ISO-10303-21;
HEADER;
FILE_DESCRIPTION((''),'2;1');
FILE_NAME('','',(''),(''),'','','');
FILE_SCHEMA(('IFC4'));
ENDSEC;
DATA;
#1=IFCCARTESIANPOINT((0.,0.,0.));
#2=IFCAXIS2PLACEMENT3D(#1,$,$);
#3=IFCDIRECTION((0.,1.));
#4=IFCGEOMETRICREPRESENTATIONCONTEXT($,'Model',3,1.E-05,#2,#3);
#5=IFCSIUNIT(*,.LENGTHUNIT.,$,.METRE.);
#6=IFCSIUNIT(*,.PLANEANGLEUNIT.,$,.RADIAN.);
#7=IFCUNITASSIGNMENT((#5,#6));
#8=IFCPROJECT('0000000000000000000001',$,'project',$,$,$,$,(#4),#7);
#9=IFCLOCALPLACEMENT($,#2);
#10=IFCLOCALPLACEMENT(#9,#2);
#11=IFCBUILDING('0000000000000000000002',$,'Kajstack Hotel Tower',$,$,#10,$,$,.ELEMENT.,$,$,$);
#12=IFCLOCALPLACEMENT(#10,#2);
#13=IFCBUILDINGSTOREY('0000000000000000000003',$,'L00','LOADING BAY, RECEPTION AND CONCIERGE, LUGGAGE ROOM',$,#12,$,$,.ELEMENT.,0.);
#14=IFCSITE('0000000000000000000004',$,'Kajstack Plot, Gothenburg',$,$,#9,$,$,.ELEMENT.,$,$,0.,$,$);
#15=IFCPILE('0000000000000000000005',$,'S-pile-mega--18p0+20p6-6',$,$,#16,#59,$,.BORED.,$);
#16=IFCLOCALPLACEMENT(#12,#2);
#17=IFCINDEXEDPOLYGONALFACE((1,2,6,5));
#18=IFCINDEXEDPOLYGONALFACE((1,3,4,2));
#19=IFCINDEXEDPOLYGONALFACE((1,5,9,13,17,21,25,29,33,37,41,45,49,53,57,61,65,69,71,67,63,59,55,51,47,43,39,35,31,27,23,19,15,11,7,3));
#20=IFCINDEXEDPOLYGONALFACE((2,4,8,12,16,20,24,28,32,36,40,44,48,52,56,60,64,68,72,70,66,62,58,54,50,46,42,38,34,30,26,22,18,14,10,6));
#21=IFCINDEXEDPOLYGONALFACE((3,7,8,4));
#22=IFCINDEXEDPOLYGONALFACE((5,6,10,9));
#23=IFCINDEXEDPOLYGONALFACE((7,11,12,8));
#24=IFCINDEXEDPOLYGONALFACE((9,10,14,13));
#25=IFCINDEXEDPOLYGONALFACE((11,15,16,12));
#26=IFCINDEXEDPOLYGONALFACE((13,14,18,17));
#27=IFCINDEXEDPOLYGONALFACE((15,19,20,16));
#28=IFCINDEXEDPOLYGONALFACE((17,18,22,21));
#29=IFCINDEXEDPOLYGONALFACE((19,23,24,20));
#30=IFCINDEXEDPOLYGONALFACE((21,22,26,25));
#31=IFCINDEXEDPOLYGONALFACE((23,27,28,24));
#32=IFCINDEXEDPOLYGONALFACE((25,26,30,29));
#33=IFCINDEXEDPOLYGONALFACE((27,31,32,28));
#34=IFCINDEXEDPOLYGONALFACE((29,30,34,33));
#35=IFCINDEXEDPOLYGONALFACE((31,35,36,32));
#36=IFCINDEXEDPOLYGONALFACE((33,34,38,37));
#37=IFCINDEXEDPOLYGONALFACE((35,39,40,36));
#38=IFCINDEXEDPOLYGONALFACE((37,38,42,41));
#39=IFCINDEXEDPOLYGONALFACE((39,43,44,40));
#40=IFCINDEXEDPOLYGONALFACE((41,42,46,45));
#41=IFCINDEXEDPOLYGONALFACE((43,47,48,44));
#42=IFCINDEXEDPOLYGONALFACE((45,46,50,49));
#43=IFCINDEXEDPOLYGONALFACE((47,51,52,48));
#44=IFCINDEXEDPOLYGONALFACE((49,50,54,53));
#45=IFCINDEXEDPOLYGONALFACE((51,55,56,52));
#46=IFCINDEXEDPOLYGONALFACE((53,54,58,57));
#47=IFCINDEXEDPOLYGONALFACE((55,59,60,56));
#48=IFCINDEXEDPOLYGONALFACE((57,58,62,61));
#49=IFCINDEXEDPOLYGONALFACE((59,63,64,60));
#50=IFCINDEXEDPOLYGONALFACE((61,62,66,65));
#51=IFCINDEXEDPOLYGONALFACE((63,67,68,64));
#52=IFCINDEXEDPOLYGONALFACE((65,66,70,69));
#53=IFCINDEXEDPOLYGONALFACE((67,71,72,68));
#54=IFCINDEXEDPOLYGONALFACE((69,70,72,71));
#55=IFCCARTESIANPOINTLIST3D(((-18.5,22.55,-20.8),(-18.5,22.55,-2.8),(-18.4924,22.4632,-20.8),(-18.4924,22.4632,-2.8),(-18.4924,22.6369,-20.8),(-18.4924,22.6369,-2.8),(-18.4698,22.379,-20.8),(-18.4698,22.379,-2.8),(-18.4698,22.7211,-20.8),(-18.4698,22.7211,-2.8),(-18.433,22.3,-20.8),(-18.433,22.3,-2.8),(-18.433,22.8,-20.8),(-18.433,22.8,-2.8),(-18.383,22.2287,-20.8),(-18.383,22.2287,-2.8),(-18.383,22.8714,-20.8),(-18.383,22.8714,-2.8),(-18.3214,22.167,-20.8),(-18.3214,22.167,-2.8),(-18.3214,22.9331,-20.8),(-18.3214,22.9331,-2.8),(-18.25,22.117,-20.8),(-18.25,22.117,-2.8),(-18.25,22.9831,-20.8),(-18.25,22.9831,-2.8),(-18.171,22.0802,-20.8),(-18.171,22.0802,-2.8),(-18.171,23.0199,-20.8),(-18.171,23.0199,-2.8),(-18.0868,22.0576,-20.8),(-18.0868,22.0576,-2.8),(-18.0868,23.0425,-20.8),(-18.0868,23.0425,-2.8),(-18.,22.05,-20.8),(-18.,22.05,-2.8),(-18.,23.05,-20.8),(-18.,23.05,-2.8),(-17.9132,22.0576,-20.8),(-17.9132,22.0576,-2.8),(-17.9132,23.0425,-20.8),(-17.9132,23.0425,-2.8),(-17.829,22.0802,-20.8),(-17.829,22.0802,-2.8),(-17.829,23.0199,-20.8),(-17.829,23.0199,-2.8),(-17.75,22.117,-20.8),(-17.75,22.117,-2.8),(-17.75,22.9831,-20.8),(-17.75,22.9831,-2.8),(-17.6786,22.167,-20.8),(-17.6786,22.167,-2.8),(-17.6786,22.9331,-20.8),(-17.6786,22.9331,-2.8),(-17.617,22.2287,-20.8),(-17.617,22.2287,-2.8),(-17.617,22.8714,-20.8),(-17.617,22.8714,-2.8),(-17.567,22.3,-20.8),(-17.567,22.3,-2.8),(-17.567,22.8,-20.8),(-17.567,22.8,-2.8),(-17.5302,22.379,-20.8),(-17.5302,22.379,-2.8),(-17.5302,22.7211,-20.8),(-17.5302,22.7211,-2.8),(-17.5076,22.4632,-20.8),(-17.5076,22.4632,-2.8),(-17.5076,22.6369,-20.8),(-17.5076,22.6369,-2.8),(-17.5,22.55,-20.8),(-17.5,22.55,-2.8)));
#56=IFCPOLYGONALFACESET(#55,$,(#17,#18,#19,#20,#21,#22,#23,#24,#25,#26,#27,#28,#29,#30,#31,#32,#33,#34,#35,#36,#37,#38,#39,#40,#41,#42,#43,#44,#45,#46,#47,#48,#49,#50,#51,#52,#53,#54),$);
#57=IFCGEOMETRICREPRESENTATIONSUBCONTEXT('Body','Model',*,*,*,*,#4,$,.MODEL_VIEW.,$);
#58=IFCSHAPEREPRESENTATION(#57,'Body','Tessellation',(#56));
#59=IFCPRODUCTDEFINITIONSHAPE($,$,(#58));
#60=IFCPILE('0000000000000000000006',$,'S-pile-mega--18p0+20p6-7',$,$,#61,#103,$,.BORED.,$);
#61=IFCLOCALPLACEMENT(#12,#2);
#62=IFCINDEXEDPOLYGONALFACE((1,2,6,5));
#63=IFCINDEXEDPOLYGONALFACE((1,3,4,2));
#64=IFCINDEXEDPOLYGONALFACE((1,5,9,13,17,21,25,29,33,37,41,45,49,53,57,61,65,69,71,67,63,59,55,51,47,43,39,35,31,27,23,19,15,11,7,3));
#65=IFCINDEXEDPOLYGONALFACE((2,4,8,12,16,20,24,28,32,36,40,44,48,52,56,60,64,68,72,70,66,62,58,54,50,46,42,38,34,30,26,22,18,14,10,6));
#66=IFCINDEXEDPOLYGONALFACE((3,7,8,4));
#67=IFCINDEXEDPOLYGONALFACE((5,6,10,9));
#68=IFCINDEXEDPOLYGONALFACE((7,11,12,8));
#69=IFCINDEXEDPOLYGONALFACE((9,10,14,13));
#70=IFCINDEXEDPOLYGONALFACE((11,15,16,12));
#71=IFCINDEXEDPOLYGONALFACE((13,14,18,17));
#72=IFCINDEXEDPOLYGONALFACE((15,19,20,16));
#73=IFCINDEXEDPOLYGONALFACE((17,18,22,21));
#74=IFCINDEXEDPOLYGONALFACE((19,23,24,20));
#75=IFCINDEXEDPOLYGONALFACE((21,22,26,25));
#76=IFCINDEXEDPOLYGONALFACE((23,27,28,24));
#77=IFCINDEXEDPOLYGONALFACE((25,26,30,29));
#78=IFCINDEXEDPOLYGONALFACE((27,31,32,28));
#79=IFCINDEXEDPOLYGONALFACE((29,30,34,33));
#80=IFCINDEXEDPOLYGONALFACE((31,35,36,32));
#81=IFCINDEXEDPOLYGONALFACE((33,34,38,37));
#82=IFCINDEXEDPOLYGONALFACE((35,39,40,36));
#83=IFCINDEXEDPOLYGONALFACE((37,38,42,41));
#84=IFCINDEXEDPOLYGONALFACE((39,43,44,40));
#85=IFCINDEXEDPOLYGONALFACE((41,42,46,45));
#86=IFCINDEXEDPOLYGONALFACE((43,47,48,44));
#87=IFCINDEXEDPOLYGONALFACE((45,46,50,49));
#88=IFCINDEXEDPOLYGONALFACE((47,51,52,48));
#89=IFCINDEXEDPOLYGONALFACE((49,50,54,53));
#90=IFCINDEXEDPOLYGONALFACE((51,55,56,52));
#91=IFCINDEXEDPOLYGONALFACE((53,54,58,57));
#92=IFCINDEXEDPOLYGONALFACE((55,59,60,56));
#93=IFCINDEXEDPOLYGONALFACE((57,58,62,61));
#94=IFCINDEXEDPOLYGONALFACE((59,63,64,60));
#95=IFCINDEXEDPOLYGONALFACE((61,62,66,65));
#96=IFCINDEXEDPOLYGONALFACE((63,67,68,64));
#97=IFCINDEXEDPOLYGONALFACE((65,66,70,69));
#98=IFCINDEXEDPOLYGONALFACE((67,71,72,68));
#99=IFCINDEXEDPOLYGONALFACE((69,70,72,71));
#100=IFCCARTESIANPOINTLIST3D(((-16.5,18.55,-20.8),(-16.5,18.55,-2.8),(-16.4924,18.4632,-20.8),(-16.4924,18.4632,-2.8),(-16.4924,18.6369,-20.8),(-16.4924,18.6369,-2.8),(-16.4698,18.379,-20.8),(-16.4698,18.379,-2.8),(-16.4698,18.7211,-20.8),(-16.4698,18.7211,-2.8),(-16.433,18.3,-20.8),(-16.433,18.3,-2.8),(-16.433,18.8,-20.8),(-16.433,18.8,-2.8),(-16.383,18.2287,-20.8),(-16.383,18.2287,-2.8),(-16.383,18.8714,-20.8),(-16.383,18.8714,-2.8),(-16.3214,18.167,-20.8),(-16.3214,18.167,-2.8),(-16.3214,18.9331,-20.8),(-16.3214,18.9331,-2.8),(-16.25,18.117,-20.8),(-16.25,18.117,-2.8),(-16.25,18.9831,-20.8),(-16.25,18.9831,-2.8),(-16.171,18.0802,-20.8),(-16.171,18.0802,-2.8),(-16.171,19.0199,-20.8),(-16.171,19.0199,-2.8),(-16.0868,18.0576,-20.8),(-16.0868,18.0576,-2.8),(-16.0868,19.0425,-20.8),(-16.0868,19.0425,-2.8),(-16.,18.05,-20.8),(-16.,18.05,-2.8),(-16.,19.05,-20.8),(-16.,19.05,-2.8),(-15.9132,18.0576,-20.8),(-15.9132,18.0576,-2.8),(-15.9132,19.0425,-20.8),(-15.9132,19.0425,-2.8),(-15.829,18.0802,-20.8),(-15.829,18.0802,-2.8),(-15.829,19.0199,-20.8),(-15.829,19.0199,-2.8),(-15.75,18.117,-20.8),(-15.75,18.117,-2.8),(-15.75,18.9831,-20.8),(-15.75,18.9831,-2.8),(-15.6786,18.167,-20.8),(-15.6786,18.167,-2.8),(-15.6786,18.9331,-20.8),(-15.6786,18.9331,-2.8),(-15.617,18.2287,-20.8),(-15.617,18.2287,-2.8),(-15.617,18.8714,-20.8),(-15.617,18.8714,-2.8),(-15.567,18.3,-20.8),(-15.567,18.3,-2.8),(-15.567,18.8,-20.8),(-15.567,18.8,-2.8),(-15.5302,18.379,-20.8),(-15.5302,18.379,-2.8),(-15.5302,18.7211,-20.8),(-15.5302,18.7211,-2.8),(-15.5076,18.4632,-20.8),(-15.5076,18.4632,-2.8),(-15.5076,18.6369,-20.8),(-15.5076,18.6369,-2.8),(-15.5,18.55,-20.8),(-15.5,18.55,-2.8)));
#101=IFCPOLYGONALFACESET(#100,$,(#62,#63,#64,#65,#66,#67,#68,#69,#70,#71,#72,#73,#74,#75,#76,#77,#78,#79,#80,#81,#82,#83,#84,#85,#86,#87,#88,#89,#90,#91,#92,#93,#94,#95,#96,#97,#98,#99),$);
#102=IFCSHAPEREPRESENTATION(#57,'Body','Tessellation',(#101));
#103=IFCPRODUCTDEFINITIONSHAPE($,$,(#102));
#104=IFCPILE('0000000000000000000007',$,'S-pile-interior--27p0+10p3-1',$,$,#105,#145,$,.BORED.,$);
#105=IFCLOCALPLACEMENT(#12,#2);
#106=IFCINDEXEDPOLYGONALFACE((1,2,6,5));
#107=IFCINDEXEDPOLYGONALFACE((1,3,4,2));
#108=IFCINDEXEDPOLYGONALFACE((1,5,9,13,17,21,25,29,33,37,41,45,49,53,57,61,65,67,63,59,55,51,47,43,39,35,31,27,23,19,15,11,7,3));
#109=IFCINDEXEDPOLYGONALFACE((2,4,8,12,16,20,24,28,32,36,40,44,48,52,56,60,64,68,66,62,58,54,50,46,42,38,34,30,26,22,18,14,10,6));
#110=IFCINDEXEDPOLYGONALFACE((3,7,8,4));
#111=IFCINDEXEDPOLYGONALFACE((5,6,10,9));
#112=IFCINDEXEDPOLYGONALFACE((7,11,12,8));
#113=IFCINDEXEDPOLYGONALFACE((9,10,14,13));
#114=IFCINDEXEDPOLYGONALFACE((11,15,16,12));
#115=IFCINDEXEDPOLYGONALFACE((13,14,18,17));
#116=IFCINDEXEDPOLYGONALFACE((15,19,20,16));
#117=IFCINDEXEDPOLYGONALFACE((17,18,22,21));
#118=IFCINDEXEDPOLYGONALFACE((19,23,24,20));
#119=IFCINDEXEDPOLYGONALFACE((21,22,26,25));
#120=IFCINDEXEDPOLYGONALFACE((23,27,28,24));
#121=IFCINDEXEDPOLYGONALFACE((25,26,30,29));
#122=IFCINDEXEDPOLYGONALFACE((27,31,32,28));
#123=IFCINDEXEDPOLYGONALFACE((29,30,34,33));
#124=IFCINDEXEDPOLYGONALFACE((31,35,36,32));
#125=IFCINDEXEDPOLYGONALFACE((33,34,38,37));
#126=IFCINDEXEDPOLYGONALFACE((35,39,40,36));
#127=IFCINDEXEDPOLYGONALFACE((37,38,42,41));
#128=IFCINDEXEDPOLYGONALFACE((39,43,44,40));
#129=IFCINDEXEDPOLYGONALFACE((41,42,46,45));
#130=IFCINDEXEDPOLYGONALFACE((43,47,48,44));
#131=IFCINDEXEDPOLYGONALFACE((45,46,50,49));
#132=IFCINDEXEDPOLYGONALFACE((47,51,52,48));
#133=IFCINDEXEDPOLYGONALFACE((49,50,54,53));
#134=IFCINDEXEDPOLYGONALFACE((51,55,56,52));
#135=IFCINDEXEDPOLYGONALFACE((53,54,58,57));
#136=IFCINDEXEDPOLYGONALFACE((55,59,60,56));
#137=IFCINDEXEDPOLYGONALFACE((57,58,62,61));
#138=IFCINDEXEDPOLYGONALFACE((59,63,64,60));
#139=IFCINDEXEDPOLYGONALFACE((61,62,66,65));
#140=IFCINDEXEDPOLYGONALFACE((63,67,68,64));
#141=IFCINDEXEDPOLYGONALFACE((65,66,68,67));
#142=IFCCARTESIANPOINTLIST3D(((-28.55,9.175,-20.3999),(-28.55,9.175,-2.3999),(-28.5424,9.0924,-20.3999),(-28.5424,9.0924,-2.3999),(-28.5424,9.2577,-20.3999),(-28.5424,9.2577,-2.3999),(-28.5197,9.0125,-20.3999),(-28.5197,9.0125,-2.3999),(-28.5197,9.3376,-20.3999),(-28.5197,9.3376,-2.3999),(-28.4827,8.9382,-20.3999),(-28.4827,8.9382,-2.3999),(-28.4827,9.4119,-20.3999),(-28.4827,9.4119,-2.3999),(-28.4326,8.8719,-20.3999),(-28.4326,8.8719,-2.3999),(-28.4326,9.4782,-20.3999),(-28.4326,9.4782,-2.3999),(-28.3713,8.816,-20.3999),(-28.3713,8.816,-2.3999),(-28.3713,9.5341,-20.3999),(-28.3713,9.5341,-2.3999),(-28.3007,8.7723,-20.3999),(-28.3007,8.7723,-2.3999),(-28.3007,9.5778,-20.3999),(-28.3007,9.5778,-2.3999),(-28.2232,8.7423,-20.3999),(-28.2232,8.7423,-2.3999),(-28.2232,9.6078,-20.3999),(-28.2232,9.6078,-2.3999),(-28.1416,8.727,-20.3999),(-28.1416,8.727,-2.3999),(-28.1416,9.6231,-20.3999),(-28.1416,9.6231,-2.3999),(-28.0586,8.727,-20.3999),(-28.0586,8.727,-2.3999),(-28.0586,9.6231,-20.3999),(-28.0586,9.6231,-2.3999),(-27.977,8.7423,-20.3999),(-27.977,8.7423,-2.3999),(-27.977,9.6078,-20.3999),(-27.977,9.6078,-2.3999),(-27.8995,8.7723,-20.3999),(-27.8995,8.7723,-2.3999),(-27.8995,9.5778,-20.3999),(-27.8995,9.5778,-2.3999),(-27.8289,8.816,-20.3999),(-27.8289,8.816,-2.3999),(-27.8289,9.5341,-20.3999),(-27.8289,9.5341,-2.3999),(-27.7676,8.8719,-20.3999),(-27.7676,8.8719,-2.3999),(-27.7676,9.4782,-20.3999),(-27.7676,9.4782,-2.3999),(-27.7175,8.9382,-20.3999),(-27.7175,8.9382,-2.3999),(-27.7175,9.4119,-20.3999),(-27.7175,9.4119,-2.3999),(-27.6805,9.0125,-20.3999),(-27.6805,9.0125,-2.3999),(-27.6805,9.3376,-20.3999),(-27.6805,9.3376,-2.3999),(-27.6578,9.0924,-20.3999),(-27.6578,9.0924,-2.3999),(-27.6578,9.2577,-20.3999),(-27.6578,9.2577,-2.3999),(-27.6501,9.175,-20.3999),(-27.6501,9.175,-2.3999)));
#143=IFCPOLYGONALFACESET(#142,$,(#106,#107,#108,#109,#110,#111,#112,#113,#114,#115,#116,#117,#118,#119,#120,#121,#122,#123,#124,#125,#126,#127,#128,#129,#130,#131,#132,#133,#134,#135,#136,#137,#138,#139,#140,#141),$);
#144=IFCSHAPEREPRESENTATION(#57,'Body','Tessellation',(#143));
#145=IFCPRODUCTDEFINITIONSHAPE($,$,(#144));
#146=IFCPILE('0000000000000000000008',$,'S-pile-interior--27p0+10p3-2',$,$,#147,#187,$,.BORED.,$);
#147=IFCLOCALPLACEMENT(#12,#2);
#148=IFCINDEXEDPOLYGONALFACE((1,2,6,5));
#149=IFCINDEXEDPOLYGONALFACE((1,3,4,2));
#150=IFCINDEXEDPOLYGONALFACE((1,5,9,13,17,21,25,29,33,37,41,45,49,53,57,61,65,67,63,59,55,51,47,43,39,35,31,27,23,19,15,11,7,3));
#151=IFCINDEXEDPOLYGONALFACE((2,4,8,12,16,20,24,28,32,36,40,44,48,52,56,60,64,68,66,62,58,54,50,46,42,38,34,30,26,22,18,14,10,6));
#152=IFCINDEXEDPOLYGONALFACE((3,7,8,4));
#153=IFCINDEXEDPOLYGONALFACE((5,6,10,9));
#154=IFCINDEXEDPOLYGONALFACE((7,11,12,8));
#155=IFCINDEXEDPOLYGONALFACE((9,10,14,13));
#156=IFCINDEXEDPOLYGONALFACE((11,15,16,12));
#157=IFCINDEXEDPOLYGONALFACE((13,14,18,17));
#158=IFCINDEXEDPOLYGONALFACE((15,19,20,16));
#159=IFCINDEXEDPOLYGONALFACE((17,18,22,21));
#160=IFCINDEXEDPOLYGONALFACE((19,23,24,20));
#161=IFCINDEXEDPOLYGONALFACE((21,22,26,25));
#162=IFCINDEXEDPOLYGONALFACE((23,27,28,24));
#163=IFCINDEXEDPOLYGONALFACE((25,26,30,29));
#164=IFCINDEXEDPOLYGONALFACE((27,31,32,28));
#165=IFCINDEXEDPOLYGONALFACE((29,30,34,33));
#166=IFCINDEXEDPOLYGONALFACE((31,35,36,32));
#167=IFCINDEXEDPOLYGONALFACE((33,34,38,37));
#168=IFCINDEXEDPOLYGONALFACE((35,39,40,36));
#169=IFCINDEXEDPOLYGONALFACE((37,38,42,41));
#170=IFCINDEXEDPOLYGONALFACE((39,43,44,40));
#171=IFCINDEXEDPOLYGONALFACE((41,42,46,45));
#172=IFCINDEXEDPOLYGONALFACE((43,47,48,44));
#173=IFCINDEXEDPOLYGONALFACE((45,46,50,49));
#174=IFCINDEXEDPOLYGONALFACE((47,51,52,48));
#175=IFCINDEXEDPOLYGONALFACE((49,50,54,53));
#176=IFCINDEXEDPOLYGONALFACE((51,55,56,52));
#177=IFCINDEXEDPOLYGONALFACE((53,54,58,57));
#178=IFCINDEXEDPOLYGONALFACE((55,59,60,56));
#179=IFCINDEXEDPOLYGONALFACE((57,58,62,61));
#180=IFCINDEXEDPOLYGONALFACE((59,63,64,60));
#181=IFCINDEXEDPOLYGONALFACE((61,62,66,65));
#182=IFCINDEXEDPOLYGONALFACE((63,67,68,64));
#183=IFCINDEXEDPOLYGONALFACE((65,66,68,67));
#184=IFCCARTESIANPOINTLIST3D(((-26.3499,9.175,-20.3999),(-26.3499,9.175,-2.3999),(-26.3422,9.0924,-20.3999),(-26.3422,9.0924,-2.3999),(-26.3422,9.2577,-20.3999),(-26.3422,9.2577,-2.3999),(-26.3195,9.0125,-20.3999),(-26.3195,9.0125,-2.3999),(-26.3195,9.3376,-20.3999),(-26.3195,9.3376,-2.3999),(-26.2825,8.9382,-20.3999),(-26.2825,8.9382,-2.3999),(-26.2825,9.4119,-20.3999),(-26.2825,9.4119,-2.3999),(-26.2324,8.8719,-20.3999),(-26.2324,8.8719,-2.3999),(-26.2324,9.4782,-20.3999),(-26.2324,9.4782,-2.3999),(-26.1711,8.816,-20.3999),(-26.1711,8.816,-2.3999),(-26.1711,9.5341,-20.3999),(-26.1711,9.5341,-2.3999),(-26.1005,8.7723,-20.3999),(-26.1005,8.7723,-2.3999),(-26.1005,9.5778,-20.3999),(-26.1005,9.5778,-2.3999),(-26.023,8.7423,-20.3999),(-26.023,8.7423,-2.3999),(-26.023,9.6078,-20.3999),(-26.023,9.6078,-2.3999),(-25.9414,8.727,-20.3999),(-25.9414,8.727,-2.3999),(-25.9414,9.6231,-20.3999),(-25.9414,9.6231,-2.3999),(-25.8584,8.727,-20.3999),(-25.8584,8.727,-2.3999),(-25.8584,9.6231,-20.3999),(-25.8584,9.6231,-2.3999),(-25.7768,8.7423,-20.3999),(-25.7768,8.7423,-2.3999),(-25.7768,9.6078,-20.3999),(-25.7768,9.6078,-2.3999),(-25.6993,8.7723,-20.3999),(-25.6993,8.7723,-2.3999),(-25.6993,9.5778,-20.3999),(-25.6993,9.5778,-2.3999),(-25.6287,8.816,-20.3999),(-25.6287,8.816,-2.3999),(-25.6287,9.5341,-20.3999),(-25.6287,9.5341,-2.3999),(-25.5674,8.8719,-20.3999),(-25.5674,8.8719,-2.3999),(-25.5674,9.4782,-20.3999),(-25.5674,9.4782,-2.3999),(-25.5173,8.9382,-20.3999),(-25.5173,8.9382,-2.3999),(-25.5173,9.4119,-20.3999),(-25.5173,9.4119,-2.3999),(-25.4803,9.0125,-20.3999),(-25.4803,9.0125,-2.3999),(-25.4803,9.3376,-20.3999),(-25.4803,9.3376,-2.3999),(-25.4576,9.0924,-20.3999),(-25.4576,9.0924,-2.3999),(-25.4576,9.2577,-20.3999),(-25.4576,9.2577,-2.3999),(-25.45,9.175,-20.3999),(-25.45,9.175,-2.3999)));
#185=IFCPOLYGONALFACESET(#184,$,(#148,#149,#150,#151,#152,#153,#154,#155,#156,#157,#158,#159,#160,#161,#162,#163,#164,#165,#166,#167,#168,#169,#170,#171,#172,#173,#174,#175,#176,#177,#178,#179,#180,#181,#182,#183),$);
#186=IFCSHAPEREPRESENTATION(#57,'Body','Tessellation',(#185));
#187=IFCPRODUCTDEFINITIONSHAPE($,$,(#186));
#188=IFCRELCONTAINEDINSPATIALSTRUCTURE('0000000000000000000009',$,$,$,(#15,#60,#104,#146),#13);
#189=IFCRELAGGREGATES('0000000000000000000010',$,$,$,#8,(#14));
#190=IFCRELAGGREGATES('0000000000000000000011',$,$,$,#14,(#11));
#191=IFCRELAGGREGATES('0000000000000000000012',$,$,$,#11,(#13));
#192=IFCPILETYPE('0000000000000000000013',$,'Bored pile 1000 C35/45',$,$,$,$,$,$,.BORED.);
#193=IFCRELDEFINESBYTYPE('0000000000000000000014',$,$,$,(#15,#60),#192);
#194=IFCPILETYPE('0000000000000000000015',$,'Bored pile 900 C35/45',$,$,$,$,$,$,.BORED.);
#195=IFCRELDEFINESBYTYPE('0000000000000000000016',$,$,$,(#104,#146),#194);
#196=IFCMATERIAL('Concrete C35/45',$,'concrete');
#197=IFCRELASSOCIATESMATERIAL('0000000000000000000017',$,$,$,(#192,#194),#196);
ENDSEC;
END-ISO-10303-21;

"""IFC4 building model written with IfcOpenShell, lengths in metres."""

from ifc_helpers import new_model, si_unit, direction, frame, origin, origin_2d, place, context, subcontext, project, spatial, circle, extrude, material, material_profile, profile_set, type_object, element, save


model = new_model("IFC4")

# Units and contexts
model_context = context("Model", 3, precision=1e-05, world=origin(), true_north=direction((0.0, 1.0)))
body_context = subcontext(model_context, "Body", "Model", "MODEL_VIEW")
ifc_project = project(units=[si_unit("LENGTHUNIT", "METRE"), si_unit("PLANEANGLEUNIT", "RADIAN")], contexts=[model_context])

# Site, building, storey
site_placement = place(None, origin())
site = spatial("IfcSite", under=ifc_project, at=site_placement, Name="Kajstack Plot, Gothenburg", CompositionType="ELEMENT", RefElevation=0.0)
building_placement = place(site_placement, origin())
building = spatial("IfcBuilding", under=site, at=building_placement, Name="Kajstack Hotel Tower", CompositionType="ELEMENT")
storey_placement = place(building_placement, origin())
storey = spatial("IfcBuildingStorey", under=building, at=storey_placement, Name="L00", Description="LOADING BAY, RECEPTION AND CONCIERGE, LUGGAGE ROOM", CompositionType="ELEMENT", Elevation=0.0)

# Piles
ifc_material_1 = material(Name="Concrete C35/45", Category="concrete")
ifc_material_profile_1 = material_profile(ifc_material_1, circle(Radius=0.5, at=origin_2d()), Name="RC round 1000")
ifc_profile_set_1 = profile_set([ifc_material_profile_1], Name="Concrete C35/45")
pile_type_1 = type_object("IfcPileType", Name="Bored pile 1000 C35/45", PredefinedType="BORED", material=ifc_profile_set_1)
for number, where, z_axis, x_axis, name in (
    (1, (-18.0, 22.55, -2.8), (0.0, 0.0, -1.0), (1.0, 0.0, 0.0), "S-pile-mega--18p0+20p6-6"),
    (2, (-16.0, 18.55, -2.8), (0.0, 0.0, -1.0), (1.0, 0.0, 0.0), "S-pile-mega--18p0+20p6-7"),
):
    element("IfcPile", number, at=place(storey_placement, frame(where, z_axis=z_axis, x_axis=x_axis)), inside=storey, type_object=pile_type_1, Name=name, PredefinedType="BORED", context=body_context, shape_type="SweptSolid", body=[
        extrude(circle(Radius=0.5, at=origin_2d()), origin(), (0.0, 0.0, 1.0), 18.0),
    ])
ifc_material_profile_2 = material_profile(ifc_material_1, circle(Radius=0.45, at=origin_2d()), Name="RC round 900")
ifc_profile_set_2 = profile_set([ifc_material_profile_2], Name="Concrete C35/45")
pile_type_2 = type_object("IfcPileType", Name="Bored pile 900 C35/45", PredefinedType="BORED", material=ifc_profile_set_2)
for number, where, z_axis, x_axis, name in (
    (3, (-28.1001, 9.175, -2.3999), (0.0, 0.0, -1.0), (1.0, 0.0, 0.0), "S-pile-interior--27p0+10p3-1"),
    (4, (-25.8999, 9.175, -2.3999), (0.0, 0.0, -1.0), (1.0, 0.0, 0.0), "S-pile-interior--27p0+10p3-2"),
):
    element("IfcPile", number, at=place(storey_placement, frame(where, z_axis=z_axis, x_axis=x_axis)), inside=storey, type_object=pile_type_2, Name=name, PredefinedType="BORED", context=body_context, shape_type="SweptSolid", body=[
        extrude(circle(Radius=0.45, at=origin_2d()), origin(), (0.0, 0.0, 1.0), 18.0),
    ])

save(model, "model.ifc")
